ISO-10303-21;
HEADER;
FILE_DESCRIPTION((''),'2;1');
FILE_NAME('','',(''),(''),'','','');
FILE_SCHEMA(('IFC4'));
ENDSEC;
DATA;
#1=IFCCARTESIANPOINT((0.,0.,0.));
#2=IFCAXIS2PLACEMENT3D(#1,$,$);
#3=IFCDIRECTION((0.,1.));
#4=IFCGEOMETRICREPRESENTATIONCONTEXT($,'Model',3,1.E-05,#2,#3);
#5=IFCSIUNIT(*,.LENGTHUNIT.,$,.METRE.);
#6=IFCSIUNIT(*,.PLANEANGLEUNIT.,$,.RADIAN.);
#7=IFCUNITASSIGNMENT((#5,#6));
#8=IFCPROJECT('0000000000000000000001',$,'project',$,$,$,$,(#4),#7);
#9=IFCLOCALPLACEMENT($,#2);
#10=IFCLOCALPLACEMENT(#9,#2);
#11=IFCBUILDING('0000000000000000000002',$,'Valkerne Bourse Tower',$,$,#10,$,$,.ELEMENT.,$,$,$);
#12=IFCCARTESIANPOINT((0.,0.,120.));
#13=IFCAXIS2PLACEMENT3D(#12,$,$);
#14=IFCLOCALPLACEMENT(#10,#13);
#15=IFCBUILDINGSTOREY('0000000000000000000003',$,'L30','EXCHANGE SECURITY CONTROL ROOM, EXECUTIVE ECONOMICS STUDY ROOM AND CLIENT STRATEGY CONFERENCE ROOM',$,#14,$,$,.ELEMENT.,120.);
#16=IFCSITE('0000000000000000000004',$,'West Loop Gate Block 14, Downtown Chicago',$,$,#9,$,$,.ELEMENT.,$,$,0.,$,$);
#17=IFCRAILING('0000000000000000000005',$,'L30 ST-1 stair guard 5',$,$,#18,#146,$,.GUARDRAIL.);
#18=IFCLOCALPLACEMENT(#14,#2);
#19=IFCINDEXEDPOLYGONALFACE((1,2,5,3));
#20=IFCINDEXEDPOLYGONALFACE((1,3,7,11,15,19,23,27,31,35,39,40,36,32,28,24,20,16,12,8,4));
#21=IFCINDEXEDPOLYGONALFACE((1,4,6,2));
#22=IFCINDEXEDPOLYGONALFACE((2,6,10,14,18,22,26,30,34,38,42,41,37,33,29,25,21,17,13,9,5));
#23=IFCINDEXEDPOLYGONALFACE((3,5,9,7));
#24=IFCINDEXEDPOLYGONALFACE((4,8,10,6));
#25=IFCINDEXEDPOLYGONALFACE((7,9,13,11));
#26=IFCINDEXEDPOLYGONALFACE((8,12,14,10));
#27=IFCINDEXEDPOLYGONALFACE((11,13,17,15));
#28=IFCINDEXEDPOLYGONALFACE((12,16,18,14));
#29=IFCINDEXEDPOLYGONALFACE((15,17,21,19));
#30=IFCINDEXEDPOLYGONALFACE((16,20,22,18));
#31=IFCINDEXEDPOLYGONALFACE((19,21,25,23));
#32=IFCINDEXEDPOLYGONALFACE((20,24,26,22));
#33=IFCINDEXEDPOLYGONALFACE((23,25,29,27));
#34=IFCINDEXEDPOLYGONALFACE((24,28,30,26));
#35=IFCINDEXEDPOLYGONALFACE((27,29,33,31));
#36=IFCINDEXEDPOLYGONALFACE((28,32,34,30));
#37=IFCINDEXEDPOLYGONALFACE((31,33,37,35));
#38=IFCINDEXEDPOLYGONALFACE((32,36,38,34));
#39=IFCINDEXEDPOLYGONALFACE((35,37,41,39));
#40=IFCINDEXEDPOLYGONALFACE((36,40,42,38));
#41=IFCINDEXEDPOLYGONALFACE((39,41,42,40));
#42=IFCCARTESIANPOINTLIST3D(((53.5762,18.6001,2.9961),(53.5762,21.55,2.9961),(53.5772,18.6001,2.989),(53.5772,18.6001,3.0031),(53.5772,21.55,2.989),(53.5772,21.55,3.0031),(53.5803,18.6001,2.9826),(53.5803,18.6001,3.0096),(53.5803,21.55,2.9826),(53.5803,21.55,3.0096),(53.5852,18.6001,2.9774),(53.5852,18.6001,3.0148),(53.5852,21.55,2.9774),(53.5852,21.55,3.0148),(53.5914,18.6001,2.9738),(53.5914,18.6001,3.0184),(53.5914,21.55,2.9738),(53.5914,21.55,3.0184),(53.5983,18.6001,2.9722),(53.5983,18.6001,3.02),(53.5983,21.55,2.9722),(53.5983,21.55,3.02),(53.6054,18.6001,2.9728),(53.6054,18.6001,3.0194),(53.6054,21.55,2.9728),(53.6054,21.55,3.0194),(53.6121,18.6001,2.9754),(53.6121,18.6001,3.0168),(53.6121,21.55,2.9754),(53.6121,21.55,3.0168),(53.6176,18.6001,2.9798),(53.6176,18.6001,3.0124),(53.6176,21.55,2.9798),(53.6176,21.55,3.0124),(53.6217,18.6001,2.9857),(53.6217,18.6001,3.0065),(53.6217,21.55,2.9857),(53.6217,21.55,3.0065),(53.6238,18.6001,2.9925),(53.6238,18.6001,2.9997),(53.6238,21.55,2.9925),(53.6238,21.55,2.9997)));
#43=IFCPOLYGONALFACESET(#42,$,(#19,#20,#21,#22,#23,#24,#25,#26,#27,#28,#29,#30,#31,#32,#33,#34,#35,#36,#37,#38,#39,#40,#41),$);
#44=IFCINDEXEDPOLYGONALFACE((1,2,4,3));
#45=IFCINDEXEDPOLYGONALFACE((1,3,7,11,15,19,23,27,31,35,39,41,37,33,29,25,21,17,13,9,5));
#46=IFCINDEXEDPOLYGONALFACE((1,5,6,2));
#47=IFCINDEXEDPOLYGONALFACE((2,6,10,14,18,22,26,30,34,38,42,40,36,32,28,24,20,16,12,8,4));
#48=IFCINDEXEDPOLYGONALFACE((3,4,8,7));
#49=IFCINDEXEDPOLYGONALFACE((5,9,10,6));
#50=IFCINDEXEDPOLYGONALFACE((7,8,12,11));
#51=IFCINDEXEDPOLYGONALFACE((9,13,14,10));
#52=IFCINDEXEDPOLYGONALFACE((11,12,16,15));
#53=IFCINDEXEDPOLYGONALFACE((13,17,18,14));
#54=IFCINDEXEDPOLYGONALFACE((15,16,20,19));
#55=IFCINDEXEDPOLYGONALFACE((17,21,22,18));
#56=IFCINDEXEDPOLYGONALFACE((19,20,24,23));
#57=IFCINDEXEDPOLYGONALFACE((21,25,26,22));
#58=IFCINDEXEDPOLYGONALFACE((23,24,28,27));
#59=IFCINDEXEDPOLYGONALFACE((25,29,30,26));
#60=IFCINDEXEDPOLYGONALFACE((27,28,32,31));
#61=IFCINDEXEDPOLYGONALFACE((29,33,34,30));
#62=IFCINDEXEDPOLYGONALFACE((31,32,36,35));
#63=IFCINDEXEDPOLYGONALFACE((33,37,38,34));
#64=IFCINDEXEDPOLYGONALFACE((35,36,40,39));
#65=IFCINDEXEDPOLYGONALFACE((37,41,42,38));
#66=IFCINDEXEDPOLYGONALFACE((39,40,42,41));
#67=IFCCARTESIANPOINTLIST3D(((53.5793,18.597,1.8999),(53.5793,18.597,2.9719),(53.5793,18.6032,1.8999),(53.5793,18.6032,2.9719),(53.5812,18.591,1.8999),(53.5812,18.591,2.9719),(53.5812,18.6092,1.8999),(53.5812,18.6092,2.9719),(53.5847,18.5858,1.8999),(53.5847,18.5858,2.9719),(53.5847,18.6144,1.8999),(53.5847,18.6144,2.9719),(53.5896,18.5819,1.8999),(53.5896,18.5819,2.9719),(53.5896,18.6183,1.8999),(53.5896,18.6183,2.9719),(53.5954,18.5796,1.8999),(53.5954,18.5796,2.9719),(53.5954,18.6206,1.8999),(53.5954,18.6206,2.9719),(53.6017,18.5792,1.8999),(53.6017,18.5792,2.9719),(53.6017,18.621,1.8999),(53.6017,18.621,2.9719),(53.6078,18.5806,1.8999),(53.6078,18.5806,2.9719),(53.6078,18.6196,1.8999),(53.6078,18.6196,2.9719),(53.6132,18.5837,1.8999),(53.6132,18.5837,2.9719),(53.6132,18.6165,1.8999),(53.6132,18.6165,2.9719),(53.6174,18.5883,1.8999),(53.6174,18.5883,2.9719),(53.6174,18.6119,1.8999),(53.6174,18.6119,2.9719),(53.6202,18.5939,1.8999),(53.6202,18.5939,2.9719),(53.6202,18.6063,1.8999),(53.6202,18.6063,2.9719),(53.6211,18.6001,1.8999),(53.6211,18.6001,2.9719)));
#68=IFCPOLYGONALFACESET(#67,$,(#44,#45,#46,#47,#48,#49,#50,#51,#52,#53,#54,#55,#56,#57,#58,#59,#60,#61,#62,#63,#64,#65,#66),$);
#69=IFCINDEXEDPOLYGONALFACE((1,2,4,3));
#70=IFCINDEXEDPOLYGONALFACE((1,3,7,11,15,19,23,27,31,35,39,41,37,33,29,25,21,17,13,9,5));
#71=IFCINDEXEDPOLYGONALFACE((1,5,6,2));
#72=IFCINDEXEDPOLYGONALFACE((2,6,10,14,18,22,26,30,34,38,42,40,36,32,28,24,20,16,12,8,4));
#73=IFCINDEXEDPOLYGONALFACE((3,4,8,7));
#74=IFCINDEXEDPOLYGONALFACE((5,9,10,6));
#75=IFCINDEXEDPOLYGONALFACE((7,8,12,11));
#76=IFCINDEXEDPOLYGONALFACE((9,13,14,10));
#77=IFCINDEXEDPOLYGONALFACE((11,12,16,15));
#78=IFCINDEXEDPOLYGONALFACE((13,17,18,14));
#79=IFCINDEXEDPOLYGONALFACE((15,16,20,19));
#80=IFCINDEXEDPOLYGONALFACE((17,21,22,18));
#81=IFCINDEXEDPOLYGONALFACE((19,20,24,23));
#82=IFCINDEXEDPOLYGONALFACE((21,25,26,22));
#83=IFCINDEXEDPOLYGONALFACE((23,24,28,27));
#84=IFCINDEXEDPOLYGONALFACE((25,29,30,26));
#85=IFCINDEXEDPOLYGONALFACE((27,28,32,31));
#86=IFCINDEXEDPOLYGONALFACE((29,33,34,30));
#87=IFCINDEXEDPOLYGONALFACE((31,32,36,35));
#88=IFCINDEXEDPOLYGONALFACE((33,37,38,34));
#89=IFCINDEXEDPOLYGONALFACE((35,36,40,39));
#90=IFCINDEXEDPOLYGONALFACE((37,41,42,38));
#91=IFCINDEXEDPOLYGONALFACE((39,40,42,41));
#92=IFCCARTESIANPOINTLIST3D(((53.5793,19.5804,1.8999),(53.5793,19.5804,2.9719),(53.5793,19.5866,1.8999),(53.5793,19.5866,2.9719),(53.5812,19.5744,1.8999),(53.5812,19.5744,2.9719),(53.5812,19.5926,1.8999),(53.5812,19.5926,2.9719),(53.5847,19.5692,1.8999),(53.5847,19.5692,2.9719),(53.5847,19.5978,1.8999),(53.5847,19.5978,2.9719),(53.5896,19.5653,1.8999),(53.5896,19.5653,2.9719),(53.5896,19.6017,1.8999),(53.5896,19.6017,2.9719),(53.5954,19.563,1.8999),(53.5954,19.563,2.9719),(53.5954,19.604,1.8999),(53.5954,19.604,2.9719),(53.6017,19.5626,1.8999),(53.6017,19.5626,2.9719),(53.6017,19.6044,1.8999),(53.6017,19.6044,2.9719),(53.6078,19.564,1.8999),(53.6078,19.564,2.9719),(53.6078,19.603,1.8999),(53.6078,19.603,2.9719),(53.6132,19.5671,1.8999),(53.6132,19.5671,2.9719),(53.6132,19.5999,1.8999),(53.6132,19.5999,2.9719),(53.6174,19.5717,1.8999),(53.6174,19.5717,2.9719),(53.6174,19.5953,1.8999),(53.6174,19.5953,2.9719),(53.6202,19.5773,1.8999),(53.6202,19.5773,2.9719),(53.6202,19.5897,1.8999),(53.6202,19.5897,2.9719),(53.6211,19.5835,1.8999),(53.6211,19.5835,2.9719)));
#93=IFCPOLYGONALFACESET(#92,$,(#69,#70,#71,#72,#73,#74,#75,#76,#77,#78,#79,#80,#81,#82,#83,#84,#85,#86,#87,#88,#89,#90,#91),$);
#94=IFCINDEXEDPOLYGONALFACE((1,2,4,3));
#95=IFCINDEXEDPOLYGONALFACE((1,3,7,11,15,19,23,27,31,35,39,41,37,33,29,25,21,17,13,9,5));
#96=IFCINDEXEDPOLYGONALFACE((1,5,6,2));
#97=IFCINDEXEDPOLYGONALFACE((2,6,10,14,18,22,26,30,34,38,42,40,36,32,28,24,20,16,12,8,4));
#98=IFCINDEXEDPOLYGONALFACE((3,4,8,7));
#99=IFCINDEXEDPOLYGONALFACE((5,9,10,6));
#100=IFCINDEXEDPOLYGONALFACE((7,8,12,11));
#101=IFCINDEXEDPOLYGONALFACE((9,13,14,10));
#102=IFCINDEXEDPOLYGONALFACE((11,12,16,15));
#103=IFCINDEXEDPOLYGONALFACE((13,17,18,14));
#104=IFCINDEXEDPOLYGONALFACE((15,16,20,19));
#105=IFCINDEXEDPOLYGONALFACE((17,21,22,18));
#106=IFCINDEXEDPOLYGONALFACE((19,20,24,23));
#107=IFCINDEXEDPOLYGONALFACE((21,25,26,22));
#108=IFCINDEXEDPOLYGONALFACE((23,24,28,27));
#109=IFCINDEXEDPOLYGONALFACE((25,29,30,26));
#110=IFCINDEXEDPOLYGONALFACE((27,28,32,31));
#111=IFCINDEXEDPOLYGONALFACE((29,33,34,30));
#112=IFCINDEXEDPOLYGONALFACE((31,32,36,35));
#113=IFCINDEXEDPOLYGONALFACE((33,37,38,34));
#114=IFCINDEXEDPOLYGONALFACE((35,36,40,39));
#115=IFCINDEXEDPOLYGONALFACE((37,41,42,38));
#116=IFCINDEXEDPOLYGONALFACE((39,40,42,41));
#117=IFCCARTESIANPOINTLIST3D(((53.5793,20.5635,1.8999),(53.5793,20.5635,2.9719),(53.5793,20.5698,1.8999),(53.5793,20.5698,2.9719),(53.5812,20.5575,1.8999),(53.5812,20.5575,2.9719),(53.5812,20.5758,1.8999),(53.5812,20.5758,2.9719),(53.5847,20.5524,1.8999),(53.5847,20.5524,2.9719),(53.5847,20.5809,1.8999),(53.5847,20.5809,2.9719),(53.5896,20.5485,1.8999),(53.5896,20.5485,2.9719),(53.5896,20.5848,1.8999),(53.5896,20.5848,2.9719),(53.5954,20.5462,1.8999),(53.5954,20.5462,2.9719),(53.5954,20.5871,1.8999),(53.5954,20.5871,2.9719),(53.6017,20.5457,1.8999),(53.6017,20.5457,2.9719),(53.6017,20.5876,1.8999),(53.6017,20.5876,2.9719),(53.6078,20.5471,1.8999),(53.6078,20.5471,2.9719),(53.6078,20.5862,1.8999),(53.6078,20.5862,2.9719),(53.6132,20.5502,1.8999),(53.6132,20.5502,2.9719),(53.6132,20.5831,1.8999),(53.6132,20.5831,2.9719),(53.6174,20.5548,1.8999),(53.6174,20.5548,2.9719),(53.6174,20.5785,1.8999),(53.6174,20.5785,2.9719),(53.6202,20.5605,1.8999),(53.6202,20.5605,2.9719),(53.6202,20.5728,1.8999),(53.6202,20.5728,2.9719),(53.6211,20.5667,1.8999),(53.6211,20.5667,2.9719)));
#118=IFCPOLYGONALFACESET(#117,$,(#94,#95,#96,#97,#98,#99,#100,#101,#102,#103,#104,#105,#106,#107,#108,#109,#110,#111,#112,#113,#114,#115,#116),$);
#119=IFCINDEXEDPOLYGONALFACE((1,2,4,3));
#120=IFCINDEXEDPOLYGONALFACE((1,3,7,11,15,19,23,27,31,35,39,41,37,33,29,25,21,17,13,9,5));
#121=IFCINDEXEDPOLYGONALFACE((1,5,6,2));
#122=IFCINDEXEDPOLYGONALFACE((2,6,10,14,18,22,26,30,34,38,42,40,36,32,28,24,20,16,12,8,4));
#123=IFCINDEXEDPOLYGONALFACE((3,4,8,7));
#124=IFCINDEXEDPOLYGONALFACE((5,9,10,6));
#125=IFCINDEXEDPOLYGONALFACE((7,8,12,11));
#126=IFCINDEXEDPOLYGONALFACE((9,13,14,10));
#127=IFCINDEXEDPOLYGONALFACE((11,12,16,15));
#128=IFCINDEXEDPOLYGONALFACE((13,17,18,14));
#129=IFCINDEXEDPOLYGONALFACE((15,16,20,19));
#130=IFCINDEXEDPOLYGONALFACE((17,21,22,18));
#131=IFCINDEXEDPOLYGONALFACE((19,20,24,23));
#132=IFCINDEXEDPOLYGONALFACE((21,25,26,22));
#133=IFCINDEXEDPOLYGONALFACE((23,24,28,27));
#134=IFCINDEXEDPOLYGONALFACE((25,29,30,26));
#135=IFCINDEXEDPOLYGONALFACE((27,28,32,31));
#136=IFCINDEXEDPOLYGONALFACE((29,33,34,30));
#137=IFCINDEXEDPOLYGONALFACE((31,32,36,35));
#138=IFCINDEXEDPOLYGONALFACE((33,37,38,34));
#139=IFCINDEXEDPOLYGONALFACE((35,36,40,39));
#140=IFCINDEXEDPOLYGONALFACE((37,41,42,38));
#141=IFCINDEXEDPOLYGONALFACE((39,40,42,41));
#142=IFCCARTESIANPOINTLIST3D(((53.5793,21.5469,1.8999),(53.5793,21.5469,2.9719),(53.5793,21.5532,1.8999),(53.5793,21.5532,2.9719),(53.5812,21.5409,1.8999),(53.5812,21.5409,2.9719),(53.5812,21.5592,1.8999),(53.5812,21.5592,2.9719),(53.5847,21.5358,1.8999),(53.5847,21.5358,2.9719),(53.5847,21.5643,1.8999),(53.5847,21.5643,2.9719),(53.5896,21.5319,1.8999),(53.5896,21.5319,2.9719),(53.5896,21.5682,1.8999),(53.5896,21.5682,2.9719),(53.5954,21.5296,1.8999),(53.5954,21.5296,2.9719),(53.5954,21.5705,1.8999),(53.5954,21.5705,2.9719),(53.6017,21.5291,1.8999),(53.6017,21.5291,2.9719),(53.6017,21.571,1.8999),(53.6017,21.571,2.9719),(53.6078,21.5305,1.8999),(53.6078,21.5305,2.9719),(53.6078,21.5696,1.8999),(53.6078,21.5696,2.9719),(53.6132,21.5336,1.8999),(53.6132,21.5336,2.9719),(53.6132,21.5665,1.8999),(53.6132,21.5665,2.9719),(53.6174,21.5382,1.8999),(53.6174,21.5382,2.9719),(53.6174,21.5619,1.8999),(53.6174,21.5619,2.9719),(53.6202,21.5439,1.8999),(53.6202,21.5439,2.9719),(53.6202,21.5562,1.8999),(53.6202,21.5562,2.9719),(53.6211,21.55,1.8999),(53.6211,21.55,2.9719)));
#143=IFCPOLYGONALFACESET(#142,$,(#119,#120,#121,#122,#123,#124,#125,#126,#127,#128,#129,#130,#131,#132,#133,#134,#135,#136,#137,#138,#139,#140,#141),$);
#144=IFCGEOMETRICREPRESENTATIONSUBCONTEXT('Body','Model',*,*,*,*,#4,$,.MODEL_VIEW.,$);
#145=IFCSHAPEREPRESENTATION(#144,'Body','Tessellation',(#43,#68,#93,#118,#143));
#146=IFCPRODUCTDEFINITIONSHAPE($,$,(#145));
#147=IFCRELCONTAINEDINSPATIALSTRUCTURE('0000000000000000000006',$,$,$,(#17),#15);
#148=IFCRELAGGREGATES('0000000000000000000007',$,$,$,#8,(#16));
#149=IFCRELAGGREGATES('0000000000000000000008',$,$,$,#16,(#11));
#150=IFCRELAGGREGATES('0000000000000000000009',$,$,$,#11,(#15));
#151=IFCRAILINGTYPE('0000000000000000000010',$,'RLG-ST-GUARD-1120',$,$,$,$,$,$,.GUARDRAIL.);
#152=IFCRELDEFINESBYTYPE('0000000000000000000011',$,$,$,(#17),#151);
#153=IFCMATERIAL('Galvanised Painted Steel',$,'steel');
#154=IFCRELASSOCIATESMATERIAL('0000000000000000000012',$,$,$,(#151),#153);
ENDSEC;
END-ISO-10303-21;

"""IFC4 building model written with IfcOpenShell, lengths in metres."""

from ifc_helpers import new_model, si_unit, direction, frame, origin, origin_2d, place, context, subcontext, project, spatial, circle, extrude, material, type_object, element, save


model = new_model("IFC4")

# Units and contexts
model_context = context("Model", 3, precision=1e-05, world=origin(), true_north=direction((0.0, 1.0)))
body_context = subcontext(model_context, "Body", "Model", "MODEL_VIEW")
ifc_project = project(units=[si_unit("LENGTHUNIT", "METRE"), si_unit("PLANEANGLEUNIT", "RADIAN")], contexts=[model_context])

# Site, building, storey
site_placement = place(None, origin())
site = spatial("IfcSite", under=ifc_project, at=site_placement, Name="West Loop Gate Block 14, Downtown Chicago", CompositionType="ELEMENT", RefElevation=0.0)
building_placement = place(site_placement, origin())
building = spatial("IfcBuilding", under=site, at=building_placement, Name="Valkerne Bourse Tower", CompositionType="ELEMENT")
storey_placement = place(building_placement, frame((0.0, 0.0, 120.0)))
storey = spatial("IfcBuildingStorey", under=building, at=storey_placement, Name="L30", Description="EXCHANGE SECURITY CONTROL ROOM, EXECUTIVE ECONOMICS STUDY ROOM AND CLIENT STRATEGY CONFERENCE ROOM", CompositionType="ELEMENT", Elevation=120.0)

# Shared definitions
ifc_material_1 = material(Name="Galvanised Painted Steel", Category="steel")

# Railing
railing_type = type_object("IfcRailingType", Name="RLG-ST-GUARD-1120", PredefinedType="GUARDRAIL", material=ifc_material_1)
railing_placement = place(storey_placement, frame((53.6001, 18.6001, 1.8999)))
element("IfcRailing", 1, at=railing_placement, inside=storey, type_object=railing_type, Name="L30 ST-1 stair guard 5", PredefinedType="GUARDRAIL", context=body_context, shape_type="SweptSolid", body=[
    extrude(circle(Radius=0.0239, at=origin_2d()), frame((0.0, 0.0, 1.0962), z_axis=(0.0, 1.0, 0.0), x_axis=(-1.0, 0.0, 0.0)), (0.0, 0.0, 1.0), 2.95),
    extrude(circle(Radius=0.021, at=origin_2d()), origin(), (0.0, 0.0, 1.0), 1.072),
    extrude(circle(Radius=0.021, at=origin_2d()), frame((0.0, 0.9834, 0.0)), (0.0, 0.0, 1.0), 1.072),
    extrude(circle(Radius=0.021, at=origin_2d()), frame((0.0, 1.9666, 0.0)), (0.0, 0.0, 1.0), 1.072),
    extrude(circle(Radius=0.021, at=origin_2d()), frame((0.0, 2.95, 0.0)), (0.0, 0.0, 1.0), 1.072),
])

save(model, "model.ifc")
